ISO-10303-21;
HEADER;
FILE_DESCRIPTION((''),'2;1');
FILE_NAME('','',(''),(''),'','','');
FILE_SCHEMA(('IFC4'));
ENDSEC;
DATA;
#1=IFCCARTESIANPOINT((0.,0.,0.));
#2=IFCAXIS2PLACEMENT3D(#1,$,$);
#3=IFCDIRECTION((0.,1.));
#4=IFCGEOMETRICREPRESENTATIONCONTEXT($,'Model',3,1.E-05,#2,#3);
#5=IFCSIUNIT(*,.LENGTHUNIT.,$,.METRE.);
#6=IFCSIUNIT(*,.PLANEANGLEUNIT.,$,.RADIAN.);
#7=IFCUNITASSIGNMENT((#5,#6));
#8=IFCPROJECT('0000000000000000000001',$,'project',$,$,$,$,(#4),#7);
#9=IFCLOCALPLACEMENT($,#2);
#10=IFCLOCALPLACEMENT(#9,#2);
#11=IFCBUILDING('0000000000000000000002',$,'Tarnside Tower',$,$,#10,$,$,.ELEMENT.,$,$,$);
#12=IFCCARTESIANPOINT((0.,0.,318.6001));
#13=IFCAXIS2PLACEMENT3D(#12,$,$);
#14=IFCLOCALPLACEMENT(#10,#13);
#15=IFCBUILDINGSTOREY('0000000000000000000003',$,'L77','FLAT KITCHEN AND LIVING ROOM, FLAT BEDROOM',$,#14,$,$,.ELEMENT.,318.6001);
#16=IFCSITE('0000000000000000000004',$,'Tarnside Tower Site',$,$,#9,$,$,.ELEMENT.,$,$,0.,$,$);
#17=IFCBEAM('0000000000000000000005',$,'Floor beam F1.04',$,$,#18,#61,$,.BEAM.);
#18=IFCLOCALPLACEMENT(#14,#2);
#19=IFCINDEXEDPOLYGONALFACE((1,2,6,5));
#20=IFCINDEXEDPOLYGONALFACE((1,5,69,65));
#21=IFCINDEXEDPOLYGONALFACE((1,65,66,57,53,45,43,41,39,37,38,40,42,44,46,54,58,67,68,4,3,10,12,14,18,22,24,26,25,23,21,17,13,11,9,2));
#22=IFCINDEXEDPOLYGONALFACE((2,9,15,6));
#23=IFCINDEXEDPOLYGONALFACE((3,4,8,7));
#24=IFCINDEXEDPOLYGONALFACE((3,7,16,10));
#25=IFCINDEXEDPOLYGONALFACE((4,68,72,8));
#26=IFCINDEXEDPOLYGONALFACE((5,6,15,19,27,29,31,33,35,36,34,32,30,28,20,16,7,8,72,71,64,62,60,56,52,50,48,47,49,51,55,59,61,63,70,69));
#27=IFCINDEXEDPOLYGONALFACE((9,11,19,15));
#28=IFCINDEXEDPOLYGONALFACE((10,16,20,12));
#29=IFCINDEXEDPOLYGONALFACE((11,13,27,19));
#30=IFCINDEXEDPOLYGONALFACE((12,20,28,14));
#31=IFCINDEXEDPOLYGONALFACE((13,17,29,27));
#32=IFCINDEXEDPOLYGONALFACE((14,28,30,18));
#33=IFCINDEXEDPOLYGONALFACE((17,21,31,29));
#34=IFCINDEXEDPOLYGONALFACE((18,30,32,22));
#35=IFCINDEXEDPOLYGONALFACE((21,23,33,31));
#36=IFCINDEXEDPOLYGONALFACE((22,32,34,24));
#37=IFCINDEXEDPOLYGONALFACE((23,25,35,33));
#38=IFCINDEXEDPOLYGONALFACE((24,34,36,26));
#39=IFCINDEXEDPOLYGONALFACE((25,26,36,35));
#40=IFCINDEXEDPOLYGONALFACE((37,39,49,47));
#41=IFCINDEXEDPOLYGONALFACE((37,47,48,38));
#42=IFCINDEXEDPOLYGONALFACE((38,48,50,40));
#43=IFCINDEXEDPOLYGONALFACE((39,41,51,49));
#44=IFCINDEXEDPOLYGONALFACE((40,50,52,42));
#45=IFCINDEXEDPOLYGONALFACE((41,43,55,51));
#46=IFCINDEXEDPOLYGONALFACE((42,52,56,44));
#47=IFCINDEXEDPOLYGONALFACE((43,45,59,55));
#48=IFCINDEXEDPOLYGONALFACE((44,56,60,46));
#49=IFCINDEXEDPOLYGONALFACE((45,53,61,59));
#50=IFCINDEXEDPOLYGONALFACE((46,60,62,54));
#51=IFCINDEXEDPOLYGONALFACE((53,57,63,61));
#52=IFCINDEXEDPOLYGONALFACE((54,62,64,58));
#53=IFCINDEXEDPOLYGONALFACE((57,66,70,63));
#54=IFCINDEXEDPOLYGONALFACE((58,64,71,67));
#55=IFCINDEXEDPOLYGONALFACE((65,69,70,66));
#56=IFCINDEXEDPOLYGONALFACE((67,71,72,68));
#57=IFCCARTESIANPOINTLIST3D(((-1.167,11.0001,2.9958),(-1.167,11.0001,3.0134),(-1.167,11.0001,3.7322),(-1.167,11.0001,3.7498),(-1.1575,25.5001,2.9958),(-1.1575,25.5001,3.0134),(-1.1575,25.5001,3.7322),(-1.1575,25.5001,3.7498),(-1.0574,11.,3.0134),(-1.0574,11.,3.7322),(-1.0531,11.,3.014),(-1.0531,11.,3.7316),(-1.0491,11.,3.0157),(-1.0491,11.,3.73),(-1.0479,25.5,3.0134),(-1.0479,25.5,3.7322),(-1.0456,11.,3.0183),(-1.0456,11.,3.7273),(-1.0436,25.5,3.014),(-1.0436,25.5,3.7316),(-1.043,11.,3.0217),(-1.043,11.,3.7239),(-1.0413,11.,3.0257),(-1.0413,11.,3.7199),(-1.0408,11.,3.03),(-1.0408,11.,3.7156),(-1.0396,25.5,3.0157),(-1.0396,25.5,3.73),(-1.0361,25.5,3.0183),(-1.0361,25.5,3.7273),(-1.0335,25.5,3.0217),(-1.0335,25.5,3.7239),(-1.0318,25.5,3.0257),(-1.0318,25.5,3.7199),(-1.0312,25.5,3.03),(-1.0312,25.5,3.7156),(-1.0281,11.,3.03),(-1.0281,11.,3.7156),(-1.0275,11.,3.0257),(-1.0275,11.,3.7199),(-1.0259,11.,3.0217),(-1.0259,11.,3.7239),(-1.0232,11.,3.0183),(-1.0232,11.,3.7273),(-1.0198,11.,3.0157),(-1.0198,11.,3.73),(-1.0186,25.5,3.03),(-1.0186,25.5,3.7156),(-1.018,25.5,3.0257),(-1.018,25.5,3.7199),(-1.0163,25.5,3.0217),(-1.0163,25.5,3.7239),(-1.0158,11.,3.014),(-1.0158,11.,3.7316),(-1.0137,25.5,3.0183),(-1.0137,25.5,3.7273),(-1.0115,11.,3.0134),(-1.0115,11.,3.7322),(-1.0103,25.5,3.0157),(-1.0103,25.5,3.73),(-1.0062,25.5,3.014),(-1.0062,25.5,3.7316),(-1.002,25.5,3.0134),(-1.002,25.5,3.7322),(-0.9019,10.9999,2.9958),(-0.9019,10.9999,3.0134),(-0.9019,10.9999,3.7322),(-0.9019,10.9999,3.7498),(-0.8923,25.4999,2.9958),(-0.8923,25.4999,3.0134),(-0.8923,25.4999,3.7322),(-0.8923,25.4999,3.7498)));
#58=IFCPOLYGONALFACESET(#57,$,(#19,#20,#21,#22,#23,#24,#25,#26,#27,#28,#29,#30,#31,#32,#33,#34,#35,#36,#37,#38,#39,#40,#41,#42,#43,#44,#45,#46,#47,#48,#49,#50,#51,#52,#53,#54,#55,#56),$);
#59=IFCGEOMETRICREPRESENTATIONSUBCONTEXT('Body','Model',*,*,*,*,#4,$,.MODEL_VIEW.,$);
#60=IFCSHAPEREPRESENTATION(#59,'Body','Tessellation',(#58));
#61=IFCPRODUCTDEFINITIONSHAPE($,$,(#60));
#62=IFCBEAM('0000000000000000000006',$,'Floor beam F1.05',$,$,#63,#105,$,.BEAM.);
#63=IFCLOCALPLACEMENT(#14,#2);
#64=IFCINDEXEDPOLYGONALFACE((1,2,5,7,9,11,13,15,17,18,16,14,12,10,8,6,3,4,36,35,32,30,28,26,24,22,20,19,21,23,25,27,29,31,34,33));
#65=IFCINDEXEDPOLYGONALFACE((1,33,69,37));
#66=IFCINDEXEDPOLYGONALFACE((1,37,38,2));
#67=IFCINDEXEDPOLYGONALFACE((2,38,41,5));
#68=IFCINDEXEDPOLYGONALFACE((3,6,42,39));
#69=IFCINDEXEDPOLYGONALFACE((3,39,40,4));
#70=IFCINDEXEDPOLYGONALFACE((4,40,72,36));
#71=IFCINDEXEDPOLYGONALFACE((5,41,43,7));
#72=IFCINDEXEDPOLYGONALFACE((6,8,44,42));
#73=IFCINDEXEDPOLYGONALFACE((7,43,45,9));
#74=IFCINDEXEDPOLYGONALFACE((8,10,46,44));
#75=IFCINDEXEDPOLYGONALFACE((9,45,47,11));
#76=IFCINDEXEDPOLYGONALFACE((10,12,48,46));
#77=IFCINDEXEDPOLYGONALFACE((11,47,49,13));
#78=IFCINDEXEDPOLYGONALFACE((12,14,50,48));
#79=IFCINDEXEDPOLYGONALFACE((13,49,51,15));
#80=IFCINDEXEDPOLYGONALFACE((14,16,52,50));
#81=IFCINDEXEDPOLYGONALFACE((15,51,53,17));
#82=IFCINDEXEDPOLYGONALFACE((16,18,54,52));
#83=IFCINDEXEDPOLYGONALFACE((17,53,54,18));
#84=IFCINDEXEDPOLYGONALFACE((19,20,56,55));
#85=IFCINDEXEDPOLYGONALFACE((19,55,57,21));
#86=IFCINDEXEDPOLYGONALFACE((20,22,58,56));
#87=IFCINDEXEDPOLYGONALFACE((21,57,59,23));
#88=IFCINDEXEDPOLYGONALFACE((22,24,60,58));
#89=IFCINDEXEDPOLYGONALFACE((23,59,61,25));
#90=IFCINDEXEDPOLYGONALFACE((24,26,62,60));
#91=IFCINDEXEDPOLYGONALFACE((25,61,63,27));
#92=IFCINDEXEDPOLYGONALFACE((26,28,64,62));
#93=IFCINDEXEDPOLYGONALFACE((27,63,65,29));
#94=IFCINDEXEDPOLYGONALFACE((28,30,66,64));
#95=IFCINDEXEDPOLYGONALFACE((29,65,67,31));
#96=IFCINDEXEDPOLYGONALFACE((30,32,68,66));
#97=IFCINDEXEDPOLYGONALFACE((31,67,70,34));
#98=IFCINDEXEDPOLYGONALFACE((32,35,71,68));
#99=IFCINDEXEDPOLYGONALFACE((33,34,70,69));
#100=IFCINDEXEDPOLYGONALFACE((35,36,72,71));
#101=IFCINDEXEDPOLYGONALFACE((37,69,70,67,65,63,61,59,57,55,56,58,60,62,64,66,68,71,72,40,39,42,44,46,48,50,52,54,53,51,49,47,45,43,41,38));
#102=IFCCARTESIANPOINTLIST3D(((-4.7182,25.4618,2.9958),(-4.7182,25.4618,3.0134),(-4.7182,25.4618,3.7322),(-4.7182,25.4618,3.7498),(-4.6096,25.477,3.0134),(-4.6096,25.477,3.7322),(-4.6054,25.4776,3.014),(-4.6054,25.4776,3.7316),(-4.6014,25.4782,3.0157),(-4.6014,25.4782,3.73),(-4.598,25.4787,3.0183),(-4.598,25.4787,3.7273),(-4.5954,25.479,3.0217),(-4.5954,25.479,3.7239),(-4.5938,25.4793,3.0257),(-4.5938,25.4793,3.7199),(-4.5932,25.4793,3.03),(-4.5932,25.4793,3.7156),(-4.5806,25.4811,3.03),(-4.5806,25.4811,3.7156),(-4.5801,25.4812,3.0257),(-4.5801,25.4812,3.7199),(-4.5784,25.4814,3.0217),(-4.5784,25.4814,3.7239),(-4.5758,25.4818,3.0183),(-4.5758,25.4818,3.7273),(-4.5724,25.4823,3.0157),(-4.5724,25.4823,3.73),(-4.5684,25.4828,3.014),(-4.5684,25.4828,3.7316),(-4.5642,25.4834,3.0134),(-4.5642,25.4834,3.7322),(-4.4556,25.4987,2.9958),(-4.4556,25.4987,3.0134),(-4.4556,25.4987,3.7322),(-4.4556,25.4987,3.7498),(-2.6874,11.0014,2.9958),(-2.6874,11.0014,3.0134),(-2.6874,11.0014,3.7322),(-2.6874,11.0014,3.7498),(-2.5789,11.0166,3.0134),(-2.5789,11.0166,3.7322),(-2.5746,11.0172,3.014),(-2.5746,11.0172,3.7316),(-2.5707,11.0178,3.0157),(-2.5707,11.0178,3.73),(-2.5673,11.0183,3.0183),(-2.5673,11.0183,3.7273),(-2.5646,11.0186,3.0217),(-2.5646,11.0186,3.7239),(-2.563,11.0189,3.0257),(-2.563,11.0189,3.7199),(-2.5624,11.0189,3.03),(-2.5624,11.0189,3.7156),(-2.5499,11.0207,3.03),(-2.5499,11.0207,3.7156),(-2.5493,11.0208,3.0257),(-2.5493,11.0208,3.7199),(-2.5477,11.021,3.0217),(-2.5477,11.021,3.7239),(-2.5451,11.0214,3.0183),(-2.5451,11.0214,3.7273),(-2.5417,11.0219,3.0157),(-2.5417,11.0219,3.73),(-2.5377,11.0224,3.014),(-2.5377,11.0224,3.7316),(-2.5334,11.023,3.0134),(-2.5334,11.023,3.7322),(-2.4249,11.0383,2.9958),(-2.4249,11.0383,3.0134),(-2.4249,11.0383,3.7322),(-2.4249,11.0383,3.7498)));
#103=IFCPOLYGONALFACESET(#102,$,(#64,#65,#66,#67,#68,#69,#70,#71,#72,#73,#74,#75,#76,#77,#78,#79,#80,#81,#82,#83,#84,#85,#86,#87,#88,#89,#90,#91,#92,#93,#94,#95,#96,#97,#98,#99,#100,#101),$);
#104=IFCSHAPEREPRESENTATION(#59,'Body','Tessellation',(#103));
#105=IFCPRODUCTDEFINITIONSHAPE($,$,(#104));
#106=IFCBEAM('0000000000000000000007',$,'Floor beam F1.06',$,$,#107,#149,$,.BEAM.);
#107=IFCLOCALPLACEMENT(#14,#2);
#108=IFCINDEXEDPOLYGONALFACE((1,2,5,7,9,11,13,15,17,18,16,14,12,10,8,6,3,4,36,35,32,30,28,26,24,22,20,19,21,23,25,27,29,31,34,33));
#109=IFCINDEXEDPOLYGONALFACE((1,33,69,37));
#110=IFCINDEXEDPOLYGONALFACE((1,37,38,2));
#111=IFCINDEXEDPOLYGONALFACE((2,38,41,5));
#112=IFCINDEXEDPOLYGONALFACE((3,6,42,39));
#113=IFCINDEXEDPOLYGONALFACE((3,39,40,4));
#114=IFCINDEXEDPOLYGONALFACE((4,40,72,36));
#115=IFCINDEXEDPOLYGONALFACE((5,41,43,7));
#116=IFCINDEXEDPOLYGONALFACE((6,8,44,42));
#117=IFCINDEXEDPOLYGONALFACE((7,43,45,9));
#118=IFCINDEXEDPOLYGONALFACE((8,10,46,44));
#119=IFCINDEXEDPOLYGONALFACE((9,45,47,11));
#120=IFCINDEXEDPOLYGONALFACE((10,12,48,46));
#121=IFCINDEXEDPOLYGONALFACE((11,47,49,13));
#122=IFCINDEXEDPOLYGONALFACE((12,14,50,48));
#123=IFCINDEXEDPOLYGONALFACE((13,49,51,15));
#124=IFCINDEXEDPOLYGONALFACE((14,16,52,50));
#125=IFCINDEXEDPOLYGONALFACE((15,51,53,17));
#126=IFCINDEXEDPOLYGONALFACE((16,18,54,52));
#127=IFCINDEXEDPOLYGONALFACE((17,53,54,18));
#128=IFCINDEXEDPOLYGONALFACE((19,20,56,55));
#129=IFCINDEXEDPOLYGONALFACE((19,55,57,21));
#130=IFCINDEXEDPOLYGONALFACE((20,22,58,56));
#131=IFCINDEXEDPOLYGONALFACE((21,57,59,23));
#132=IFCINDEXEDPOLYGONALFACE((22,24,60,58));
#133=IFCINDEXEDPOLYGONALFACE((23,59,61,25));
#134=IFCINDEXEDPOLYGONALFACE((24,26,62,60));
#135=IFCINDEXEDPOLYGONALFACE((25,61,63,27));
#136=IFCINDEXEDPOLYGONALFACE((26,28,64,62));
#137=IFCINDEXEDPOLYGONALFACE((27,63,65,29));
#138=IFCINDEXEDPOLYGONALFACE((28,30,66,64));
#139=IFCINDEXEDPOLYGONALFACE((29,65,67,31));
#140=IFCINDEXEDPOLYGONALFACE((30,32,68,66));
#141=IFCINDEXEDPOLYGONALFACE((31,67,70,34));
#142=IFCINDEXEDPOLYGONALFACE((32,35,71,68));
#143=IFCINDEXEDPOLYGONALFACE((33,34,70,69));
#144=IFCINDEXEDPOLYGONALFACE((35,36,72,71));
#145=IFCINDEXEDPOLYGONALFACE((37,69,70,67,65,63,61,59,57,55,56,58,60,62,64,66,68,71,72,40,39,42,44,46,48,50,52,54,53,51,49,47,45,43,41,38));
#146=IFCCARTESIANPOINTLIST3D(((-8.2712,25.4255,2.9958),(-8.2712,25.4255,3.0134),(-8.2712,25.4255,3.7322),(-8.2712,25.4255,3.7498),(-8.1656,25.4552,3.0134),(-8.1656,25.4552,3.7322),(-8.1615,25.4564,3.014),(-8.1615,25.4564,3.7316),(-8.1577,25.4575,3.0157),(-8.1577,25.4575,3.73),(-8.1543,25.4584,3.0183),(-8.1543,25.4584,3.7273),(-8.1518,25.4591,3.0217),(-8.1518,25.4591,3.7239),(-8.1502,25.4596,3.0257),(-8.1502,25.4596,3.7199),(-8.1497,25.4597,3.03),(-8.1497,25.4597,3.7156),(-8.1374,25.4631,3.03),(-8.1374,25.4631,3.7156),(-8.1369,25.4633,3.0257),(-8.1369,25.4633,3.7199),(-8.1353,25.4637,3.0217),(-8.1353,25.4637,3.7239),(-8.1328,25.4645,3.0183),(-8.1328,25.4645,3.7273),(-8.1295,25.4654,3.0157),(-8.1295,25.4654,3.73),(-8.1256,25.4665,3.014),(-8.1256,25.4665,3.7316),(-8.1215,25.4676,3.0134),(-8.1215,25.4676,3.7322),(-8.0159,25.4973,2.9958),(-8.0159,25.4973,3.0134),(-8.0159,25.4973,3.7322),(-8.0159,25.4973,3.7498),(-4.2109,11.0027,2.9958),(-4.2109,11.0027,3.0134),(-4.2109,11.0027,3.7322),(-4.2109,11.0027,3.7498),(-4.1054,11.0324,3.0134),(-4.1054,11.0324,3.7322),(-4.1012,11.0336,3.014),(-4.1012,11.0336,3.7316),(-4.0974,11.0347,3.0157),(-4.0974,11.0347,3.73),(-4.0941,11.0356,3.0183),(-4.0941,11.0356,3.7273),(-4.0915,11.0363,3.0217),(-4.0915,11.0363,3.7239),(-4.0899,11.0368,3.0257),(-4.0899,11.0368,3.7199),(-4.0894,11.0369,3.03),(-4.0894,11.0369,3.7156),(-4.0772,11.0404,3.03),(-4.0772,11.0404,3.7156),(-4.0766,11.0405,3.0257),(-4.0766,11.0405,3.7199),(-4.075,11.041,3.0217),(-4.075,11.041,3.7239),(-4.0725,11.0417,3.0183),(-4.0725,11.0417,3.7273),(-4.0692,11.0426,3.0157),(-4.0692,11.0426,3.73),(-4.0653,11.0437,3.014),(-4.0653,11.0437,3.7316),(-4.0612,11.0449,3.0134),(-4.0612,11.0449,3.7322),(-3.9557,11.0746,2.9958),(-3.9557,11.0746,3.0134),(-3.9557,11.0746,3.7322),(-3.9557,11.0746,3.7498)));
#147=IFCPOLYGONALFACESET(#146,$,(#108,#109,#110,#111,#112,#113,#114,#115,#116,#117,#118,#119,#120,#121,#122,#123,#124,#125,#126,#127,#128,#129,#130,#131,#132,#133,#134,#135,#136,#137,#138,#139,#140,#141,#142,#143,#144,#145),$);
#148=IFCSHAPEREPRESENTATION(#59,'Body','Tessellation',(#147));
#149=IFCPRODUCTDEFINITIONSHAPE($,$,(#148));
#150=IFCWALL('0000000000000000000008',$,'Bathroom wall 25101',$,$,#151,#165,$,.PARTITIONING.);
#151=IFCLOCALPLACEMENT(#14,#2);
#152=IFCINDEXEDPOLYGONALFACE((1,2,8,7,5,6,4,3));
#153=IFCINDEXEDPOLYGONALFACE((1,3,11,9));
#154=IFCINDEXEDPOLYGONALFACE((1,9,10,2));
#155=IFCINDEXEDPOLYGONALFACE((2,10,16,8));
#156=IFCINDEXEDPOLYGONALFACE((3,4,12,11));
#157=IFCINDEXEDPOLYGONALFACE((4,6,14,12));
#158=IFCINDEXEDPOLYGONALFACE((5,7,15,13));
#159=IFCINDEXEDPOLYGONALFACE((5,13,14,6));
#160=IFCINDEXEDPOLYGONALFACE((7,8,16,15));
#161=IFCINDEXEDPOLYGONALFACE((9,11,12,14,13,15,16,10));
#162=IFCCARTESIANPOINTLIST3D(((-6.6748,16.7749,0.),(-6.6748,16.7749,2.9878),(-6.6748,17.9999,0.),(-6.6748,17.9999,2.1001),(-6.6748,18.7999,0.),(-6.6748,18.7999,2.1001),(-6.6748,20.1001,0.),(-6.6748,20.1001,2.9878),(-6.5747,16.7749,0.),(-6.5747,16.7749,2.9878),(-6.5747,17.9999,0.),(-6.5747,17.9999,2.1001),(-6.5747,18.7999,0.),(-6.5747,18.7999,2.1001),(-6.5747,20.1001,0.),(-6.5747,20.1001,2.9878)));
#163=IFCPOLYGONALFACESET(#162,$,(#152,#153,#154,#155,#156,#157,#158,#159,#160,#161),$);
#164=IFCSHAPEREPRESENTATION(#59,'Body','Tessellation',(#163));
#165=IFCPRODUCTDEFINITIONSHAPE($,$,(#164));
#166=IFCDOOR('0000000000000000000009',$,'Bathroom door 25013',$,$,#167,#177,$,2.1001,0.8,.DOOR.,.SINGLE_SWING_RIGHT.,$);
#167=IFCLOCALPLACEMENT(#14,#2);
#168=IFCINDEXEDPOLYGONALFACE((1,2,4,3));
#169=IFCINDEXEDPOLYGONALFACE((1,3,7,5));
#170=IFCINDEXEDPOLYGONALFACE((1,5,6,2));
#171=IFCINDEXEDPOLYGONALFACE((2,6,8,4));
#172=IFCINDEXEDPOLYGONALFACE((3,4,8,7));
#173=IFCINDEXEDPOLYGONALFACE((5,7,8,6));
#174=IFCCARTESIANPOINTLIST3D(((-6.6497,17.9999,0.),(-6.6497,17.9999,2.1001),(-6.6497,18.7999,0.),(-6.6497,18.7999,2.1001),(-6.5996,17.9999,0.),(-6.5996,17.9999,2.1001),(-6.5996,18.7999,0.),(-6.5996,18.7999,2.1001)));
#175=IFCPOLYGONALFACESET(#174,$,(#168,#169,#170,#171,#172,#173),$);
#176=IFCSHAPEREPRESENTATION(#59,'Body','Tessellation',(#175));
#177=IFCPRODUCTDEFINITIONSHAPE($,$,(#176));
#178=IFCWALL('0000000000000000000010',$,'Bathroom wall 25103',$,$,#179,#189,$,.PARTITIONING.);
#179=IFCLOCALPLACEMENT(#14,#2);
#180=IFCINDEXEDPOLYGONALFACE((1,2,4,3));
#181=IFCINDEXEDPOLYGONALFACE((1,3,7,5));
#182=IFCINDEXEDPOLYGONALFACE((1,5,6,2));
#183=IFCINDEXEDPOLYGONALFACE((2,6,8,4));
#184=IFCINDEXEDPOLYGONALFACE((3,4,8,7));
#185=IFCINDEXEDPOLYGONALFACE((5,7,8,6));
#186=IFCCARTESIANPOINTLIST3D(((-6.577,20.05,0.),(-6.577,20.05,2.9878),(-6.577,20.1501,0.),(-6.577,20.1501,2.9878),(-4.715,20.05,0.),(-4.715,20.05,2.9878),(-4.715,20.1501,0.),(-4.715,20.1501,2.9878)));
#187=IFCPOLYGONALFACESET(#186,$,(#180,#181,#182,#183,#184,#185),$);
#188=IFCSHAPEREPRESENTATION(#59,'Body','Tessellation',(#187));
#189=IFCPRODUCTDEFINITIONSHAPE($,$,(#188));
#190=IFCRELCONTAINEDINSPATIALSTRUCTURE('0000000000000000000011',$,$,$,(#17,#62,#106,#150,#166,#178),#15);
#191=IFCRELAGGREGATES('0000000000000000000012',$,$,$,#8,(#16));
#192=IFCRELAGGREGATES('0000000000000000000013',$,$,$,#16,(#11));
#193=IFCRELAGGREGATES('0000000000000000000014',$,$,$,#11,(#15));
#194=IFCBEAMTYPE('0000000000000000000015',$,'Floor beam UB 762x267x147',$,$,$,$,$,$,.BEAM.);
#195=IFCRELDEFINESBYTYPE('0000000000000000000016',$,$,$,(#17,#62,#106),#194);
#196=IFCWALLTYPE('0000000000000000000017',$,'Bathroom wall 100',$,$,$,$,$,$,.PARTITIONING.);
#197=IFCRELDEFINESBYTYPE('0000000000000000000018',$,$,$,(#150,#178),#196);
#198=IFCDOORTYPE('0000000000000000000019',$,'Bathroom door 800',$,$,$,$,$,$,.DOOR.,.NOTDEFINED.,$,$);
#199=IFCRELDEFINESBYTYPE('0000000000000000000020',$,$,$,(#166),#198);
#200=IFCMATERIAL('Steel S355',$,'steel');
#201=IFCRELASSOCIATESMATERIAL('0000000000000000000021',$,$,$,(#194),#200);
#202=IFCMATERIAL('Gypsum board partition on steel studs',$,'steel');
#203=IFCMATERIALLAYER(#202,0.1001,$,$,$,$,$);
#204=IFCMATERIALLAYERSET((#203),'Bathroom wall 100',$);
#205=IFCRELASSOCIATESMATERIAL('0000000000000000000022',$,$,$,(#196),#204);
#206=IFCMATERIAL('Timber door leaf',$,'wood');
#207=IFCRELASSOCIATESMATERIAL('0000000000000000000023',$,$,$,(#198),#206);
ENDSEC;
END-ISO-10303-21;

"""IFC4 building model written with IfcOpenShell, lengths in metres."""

from ifc_helpers import new_model, si_unit, direction, frame, frame_2d, origin, origin_2d, place, context, subcontext, project, spatial, rectangle, i_section, extrude, material, layer, layer_set, material_profile, profile_set, type_object, element, fill, save


model = new_model("IFC4")

# Units and contexts
model_context = context("Model", 3, precision=1e-05, world=origin(), true_north=direction((0.0, 1.0)))
body_context = subcontext(model_context, "Body", "Model", "MODEL_VIEW")
ifc_project = project(units=[si_unit("LENGTHUNIT", "METRE"), si_unit("PLANEANGLEUNIT", "RADIAN")], contexts=[model_context])

# Site, building, storey
site_placement = place(None, origin())
site = spatial("IfcSite", under=ifc_project, at=site_placement, Name="Tarnside Tower Site", CompositionType="ELEMENT", RefElevation=0.0)
building_placement = place(site_placement, origin())
building = spatial("IfcBuilding", under=site, at=building_placement, Name="Tarnside Tower", CompositionType="ELEMENT")
storey_placement = place(building_placement, frame((0.0, 0.0, 318.6001)))
storey = spatial("IfcBuildingStorey", under=building, at=storey_placement, Name="L77", Description="FLAT KITCHEN AND LIVING ROOM, FLAT BEDROOM", CompositionType="ELEMENT", Elevation=318.6001)

# Beams
ifc_material_1 = material(Name="Steel S355", Category="steel")
ifc_material_profile = material_profile(ifc_material_1, i_section(OverallWidth=0.2651, OverallDepth=0.7539, WebThickness=0.0127, FlangeThickness=0.0176, FilletRadius=0.0166, at=origin_2d()), Name="UB 762x267x147")
ifc_profile_set = profile_set([ifc_material_profile], Name="Steel S355")
beam_type = type_object("IfcBeamType", Name="Floor beam UB 762x267x147", PredefinedType="BEAM", material=ifc_profile_set)
beam_1_placement = place(storey_placement, frame((-1.0249, 25.5, 3.3728), z_axis=(-0.000657, -1.0, 0.0), x_axis=(1.0, -0.000657, 0.0)))
element("IfcBeam", 1, at=beam_1_placement, inside=storey, type_object=beam_type, Name="Floor beam F1.04", PredefinedType="BEAM", context=body_context, shape_type="SweptSolid", body=[
    extrude(i_section(OverallWidth=0.2651, OverallDepth=0.7539, WebThickness=0.0127, FlangeThickness=0.0176, FilletRadius=0.0166, at=origin_2d()), origin(), (0.0, 0.0, 1.0), 14.5),
])
beam_2_placement = place(storey_placement, frame((-4.5869, 25.4802, 3.3728), z_axis=(0.139071, -0.990282, 0.0), x_axis=(0.990282, 0.139071, 0.0)))
element("IfcBeam", 2, at=beam_2_placement, inside=storey, type_object=beam_type, Name="Floor beam F1.05", PredefinedType="BEAM", context=body_context, shape_type="SweptSolid", body=[
    extrude(i_section(OverallWidth=0.2651, OverallDepth=0.7539, WebThickness=0.0127, FlangeThickness=0.0176, FilletRadius=0.0166, at=origin_2d()), origin(), (0.0, 0.0, 1.0), 14.6023),
])
beam_3_placement = place(storey_placement, frame((-8.1436, 25.4614, 3.3728), z_axis=(0.270985, -0.962583, 0.0), x_axis=(0.962583, 0.270985, 0.0)))
element("IfcBeam", 3, at=beam_3_placement, inside=storey, type_object=beam_type, Name="Floor beam F1.06", PredefinedType="BEAM", context=body_context, shape_type="SweptSolid", body=[
    extrude(i_section(OverallWidth=0.2651, OverallDepth=0.7539, WebThickness=0.0127, FlangeThickness=0.0176, FilletRadius=0.0166, at=origin_2d()), origin(), (0.0, 0.0, 1.0), 14.9834),
])

# Wall, opening, door
ifc_material_2 = material(Name="Gypsum board partition on steel studs", Category="steel")
ifc_layer_1 = layer(ifc_material_2, 0.1001)
ifc_layer_set_1 = layer_set([ifc_layer_1], Name="Bathroom wall 100")
wall_type_1 = type_object("IfcWallType", Name="Bathroom wall 100", PredefinedType="PARTITIONING", material=ifc_layer_set_1)
wall_1_placement = place(storey_placement, frame((-6.6248, 16.7749, 0.0), z_axis=(0.0, 0.0, 1.0), x_axis=(0.0, 1.0, 0.0)))
wall_1 = element("IfcWall", 4, at=wall_1_placement, inside=storey, type_object=wall_type_1, Name="Bathroom wall 25101", PredefinedType="PARTITIONING", context=body_context, shape_type="SweptSolid", body=[
    extrude(rectangle(XDim=3.3252, YDim=0.1001, at=frame_2d((1.6626, 0.0))), origin(), (0.0, 0.0, 1.0), 2.9878),
])
opening_1_placement = place(wall_1_placement, frame((1.2251, 0.0, 0.0)))
opening_1 = element("IfcOpeningElement", 5, at=opening_1_placement, cuts=wall_1, PredefinedType="OPENING", context=body_context, shape_type="SweptSolid", body=[
    extrude(rectangle(XDim=0.8, YDim=2.1001, at=frame_2d((0.3999, 1.05))), frame((0.0, 0.0601, 0.0), z_axis=(0.0, -1.0, 0.0), x_axis=(1.0, 0.0, 0.0)), (0.0, 0.0, 1.0), 0.1201),
])
ifc_material_3 = material(Name="Timber door leaf", Category="wood")
door_type_1 = type_object("IfcDoorType", Name="Bathroom door 800", OperationType="NOTDEFINED", PredefinedType="DOOR", material=ifc_material_3)
door_1_placement = place(opening_1_placement, origin())
door_1 = element("IfcDoor", 6, at=door_1_placement, inside=storey, type_object=door_type_1, Name="Bathroom door 25013", OperationType="SINGLE_SWING_RIGHT", OverallHeight=2.1001, OverallWidth=0.8, PredefinedType="DOOR", context=body_context, shape_type="SweptSolid", body=[
    extrude(rectangle(XDim=0.8, YDim=2.1001, at=frame_2d((0.3999, 1.05))), frame((0.0, 0.0249, 0.0), z_axis=(0.0, -1.0, 0.0), x_axis=(1.0, 0.0, 0.0)), (0.0, 0.0, 1.0), 0.05),
])
fill(opening_1, door_1)

# Wall
wall_2_placement = place(storey_placement, frame((-4.7148, 20.1001, 0.0), z_axis=(0.0, 0.0, 1.0), x_axis=(-1.0, 0.0, 0.0)))
element("IfcWall", 7, at=wall_2_placement, inside=storey, type_object=wall_type_1, Name="Bathroom wall 25103", PredefinedType="PARTITIONING", context=body_context, shape_type="SweptSolid", body=[
    extrude(rectangle(XDim=1.8621, YDim=0.1001, at=frame_2d((0.9312, 0.0))), origin(), (0.0, 0.0, 1.0), 2.9878),
])

save(model, "model.ifc")
